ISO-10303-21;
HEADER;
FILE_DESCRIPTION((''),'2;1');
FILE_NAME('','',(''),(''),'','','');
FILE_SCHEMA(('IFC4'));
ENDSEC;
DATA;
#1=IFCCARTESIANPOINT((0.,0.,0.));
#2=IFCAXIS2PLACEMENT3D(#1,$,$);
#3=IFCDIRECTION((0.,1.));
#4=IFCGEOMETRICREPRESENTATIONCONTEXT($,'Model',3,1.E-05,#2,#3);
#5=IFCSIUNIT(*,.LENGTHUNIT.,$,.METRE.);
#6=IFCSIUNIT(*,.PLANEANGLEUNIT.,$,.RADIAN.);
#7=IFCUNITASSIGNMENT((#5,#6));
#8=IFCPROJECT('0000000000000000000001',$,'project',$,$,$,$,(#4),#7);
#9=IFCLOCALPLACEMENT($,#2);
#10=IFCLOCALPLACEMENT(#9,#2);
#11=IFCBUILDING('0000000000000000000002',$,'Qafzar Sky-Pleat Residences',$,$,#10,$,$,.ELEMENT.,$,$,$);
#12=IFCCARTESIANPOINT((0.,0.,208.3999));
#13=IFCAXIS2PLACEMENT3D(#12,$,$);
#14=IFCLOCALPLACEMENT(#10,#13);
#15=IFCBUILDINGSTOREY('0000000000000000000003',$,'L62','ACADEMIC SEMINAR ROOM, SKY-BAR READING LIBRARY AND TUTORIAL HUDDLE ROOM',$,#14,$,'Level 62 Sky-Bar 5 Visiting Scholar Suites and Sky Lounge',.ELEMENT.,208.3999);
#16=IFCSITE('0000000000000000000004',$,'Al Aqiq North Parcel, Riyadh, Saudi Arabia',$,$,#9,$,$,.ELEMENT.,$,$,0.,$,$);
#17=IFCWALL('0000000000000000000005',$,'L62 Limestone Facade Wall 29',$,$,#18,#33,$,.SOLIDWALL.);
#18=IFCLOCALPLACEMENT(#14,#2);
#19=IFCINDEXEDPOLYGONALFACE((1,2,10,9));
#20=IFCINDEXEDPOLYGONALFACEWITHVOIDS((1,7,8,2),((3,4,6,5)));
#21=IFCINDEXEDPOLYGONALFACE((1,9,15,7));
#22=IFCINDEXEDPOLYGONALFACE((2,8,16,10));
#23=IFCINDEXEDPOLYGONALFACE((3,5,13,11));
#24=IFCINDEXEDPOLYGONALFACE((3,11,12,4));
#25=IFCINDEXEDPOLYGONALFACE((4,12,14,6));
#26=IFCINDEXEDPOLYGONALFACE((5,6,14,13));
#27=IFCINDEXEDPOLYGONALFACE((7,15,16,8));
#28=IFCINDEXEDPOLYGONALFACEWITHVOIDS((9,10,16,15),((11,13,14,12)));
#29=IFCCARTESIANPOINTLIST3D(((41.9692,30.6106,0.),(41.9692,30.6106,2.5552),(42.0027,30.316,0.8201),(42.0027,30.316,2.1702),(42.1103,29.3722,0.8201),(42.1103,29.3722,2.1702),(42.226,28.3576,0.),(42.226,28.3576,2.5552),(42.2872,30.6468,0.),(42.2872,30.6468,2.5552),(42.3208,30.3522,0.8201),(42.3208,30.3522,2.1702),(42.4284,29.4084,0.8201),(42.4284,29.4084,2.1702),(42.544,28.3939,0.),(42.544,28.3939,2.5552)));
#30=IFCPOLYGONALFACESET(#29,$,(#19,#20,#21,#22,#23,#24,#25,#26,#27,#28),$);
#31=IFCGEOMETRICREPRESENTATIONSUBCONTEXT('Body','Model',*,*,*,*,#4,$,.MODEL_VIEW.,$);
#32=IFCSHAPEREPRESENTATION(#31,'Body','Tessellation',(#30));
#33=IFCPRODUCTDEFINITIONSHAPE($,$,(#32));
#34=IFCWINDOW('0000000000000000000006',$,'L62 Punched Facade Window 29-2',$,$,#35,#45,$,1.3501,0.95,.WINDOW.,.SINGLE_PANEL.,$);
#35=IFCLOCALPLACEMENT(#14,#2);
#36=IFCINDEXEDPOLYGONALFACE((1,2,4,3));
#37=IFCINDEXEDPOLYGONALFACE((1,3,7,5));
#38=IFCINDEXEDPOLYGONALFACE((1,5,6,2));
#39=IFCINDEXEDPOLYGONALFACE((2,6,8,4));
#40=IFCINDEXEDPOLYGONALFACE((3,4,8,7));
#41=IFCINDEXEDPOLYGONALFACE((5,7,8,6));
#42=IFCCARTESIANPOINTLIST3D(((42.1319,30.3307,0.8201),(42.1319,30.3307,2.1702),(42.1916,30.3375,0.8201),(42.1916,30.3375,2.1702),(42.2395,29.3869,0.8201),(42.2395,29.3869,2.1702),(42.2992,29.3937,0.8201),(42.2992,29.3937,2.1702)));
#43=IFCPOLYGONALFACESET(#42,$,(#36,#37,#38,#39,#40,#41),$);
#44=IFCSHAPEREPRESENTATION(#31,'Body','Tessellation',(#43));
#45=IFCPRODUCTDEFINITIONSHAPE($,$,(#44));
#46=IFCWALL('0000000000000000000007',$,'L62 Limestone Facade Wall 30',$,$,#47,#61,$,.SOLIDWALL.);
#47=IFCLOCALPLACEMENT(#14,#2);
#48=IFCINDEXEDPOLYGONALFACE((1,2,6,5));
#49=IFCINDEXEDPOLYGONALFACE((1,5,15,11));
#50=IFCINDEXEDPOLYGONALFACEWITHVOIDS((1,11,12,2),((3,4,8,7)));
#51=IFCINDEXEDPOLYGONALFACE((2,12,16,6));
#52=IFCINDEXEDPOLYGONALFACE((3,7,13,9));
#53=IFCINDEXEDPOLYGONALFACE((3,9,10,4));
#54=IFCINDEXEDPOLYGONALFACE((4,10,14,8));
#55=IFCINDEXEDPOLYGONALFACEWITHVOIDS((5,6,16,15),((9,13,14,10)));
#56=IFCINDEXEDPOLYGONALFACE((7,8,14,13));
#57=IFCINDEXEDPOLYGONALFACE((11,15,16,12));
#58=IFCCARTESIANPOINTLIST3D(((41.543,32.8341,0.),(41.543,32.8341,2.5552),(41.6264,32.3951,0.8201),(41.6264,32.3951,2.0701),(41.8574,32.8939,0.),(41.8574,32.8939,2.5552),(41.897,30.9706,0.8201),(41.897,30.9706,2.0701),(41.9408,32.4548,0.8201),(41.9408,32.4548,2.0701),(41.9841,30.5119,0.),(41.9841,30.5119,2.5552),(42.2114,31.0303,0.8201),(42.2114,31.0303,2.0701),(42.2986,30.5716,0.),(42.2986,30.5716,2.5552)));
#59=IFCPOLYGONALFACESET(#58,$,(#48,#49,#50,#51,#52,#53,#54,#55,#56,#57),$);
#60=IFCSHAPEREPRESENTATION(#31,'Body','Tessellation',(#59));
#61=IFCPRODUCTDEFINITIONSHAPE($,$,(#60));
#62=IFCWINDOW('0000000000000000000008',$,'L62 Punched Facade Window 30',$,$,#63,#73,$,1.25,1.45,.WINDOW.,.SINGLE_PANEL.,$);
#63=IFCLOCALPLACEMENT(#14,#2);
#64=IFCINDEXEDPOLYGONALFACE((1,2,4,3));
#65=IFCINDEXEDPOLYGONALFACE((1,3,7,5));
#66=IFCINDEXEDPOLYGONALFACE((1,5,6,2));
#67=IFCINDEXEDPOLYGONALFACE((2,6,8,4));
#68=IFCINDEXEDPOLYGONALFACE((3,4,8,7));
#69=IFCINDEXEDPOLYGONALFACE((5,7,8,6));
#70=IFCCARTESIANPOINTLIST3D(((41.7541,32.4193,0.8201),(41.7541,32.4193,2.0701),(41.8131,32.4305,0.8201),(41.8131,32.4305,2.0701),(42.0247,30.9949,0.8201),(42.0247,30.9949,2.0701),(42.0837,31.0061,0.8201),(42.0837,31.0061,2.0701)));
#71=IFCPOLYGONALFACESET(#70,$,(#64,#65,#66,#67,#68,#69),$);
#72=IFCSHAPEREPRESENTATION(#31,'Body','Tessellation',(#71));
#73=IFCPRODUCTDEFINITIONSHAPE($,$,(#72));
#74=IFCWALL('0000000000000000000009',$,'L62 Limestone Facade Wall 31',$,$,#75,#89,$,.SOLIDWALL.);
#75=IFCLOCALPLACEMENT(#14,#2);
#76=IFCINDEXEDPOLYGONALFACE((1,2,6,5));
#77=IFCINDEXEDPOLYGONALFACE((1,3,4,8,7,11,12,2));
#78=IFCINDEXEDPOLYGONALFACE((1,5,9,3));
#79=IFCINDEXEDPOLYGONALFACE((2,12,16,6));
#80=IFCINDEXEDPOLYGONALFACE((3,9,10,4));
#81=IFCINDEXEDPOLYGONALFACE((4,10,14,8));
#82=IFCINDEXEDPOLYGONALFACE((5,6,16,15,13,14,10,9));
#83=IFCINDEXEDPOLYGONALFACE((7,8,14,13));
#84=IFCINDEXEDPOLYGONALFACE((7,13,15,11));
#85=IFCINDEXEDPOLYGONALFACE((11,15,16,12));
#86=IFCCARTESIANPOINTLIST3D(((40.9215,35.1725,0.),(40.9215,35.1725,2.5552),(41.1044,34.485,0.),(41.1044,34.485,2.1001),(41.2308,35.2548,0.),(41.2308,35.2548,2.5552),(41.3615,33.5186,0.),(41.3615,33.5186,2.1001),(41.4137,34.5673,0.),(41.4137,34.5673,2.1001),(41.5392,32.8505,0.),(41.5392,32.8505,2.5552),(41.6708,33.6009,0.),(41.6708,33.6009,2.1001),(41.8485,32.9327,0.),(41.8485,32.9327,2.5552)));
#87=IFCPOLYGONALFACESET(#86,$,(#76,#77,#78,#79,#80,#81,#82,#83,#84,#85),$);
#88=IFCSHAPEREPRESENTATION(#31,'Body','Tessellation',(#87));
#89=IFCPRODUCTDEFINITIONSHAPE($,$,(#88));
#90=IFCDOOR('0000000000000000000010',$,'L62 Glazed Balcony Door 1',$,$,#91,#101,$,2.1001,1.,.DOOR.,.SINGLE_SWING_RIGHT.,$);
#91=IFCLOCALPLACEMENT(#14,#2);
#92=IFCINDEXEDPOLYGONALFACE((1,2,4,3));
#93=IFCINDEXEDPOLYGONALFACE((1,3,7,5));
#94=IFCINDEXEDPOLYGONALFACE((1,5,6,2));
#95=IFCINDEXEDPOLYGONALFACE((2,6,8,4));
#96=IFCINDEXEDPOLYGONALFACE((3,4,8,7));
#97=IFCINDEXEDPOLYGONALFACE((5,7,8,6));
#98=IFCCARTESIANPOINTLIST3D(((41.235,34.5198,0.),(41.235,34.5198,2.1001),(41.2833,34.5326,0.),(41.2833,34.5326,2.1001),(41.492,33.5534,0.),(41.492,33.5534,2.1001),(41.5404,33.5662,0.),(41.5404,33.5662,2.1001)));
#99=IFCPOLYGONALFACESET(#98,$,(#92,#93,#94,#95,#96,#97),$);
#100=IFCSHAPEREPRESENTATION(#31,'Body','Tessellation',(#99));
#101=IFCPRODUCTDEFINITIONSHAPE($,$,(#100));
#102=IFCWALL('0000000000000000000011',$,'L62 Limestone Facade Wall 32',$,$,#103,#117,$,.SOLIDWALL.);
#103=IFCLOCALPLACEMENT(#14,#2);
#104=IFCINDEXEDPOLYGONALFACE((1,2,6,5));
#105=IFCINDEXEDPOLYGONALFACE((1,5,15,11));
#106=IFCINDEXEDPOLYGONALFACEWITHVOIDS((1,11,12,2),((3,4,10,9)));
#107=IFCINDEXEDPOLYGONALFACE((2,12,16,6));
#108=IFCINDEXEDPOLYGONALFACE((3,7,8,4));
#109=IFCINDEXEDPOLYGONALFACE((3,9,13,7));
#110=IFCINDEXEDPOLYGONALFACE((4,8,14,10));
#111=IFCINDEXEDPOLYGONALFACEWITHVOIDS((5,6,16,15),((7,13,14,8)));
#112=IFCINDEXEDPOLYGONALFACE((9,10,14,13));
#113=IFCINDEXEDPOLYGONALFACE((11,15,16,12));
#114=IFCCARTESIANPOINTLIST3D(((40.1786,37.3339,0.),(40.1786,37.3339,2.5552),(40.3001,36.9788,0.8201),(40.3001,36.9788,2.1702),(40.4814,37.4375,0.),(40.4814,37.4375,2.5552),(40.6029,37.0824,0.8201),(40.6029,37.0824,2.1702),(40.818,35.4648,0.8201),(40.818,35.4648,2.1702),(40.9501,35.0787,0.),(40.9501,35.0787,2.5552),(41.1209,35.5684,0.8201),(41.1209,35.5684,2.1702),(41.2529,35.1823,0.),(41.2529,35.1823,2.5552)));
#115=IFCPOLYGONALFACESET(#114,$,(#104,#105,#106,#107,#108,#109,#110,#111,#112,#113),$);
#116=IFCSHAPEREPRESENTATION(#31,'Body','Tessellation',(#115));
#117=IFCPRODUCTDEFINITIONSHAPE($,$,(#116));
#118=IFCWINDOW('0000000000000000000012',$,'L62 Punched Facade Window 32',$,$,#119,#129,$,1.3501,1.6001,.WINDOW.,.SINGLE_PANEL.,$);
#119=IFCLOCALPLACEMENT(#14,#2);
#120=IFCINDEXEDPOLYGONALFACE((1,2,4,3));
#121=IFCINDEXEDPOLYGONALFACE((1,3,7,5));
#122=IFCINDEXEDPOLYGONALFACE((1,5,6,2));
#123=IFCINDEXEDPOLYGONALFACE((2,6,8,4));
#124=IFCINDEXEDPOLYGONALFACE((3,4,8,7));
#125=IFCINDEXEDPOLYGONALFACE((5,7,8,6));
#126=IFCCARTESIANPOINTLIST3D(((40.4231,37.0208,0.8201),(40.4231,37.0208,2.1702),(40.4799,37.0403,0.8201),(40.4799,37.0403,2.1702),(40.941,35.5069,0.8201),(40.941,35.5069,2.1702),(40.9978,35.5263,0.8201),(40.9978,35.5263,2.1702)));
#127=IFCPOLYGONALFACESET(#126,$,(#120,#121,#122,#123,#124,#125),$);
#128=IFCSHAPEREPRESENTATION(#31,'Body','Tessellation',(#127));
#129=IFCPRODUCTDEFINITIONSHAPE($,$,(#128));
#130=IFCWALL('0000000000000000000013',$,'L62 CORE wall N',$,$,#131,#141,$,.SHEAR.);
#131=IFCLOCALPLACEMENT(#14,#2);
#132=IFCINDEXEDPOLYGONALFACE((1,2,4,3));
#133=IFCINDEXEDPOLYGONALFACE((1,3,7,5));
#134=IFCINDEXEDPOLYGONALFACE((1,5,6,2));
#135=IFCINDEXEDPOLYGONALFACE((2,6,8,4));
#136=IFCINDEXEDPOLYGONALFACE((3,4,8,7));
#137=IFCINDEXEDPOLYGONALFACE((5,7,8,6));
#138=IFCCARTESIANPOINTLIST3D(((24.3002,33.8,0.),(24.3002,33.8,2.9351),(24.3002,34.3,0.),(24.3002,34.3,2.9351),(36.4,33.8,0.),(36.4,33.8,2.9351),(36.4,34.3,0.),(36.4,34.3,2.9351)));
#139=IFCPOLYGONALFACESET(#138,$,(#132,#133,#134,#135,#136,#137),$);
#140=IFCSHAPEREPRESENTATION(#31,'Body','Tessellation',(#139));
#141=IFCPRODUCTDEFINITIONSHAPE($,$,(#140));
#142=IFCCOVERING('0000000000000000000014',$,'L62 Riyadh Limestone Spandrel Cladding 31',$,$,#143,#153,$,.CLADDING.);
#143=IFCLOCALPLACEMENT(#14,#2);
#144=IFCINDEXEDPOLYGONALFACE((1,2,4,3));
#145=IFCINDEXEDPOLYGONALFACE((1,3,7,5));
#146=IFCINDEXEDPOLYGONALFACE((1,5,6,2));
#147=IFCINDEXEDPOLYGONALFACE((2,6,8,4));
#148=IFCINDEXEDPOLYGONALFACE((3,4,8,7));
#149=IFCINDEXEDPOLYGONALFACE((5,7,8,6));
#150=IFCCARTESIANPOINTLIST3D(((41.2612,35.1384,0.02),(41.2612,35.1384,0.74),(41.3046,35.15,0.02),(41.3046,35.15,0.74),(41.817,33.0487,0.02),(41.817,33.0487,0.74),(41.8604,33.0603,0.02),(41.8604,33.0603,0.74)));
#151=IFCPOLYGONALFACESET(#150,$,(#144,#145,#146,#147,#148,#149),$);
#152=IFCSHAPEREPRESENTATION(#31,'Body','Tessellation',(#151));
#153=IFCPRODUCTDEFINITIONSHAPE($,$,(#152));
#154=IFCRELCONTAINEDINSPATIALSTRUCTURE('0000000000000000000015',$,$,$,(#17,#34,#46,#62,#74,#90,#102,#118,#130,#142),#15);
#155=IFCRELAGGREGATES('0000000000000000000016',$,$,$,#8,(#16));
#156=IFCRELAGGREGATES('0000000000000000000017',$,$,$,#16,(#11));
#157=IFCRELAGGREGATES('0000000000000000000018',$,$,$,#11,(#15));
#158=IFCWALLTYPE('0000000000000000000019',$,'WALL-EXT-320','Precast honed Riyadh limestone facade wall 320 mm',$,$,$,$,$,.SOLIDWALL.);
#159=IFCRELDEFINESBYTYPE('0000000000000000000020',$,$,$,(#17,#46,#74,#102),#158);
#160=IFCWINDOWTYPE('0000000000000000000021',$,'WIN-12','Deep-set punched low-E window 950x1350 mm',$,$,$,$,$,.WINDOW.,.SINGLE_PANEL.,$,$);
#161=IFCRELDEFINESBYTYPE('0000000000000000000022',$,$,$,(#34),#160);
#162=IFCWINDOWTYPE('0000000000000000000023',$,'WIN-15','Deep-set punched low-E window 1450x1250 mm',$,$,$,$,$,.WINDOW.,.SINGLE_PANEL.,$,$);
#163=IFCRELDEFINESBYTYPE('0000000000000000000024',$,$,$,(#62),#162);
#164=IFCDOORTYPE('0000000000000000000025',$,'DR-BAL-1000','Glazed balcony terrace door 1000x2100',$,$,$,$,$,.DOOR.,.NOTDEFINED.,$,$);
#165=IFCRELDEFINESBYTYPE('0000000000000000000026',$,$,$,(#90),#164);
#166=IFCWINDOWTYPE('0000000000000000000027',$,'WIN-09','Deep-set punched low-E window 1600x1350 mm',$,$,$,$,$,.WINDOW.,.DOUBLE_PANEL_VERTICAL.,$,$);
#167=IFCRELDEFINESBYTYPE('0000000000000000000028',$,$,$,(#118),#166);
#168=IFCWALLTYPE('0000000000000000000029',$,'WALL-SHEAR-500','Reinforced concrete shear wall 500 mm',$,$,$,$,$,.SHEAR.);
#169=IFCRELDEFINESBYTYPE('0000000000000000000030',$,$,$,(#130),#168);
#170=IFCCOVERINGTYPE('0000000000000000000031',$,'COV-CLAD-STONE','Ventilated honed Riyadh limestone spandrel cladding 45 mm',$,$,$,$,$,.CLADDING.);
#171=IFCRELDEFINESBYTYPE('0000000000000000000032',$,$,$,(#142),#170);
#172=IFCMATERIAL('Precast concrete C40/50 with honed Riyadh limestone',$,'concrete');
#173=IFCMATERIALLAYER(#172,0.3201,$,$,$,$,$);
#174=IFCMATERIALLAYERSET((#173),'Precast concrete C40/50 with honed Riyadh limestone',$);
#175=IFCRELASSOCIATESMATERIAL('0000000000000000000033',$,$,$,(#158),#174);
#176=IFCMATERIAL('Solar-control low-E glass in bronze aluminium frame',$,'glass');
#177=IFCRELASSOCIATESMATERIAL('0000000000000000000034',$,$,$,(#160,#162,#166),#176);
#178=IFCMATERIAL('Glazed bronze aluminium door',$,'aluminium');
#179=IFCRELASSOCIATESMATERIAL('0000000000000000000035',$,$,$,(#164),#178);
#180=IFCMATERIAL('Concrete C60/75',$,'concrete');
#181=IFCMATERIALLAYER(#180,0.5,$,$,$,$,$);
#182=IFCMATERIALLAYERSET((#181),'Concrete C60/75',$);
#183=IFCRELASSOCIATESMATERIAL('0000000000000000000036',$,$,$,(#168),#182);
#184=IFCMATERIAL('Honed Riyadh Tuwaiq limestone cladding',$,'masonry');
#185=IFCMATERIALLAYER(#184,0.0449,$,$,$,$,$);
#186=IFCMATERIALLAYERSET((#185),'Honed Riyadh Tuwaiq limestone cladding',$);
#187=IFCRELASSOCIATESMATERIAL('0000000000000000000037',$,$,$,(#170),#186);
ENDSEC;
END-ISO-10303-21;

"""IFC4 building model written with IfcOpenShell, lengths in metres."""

from ifc_helpers import new_model, si_unit, direction, frame, frame_2d, origin, origin_2d, place, context, subcontext, project, spatial, rectangle, extrude, source, transform, mapped, material, layer, layer_set, type_object, element, fill, save


model = new_model("IFC4")

# Units and contexts
model_context = context("Model", 3, precision=1e-05, world=origin(), true_north=direction((0.0, 1.0)))
body_context = subcontext(model_context, "Body", "Model", "MODEL_VIEW")
ifc_project = project(units=[si_unit("LENGTHUNIT", "METRE"), si_unit("PLANEANGLEUNIT", "RADIAN")], contexts=[model_context])

# Site, building, storey
site_placement = place(None, origin())
site = spatial("IfcSite", under=ifc_project, at=site_placement, Name="Al Aqiq North Parcel, Riyadh, Saudi Arabia", CompositionType="ELEMENT", RefElevation=0.0)
building_placement = place(site_placement, origin())
building = spatial("IfcBuilding", under=site, at=building_placement, Name="Qafzar Sky-Pleat Residences", CompositionType="ELEMENT")
storey_placement = place(building_placement, frame((0.0, 0.0, 208.3999)))
storey = spatial("IfcBuildingStorey", under=building, at=storey_placement, Name="L62", Description="ACADEMIC SEMINAR ROOM, SKY-BAR READING LIBRARY AND TUTORIAL HUDDLE ROOM", LongName="Level 62 Sky-Bar 5 Visiting Scholar Suites and Sky Lounge", CompositionType="ELEMENT", Elevation=208.3999)

# Walls, openings, windows
ifc_material_1 = material(Name="Precast concrete C40/50 with honed Riyadh limestone", Category="concrete")
ifc_layer_1 = layer(ifc_material_1, 0.3201)
ifc_layer_set_1 = layer_set([ifc_layer_1], Name="Precast concrete C40/50 with honed Riyadh limestone")
wall_type_1 = type_object("IfcWallType", Name="WALL-EXT-320", Description="Precast honed Riyadh limestone facade wall 320 mm", PredefinedType="SOLIDWALL", material=ifc_layer_set_1)
wall_1_placement = place(storey_placement, frame((42.385, 28.3757, 0.0), z_axis=(0.0, 0.0, 1.0), x_axis=(-0.113267, 0.993565, 0.0)))
wall_1 = element("IfcWall", 1, at=wall_1_placement, inside=storey, type_object=wall_type_1, Name="L62 Limestone Facade Wall 29", PredefinedType="SOLIDWALL", context=body_context, shape_type="SweptSolid", body=[
    extrude(rectangle(XDim=2.2676, YDim=0.3201, at=frame_2d((1.1338, 0.0))), origin(), (0.0, 0.0, 1.0), 2.5552),
])
opening_1_placement = place(wall_1_placement, frame((1.021, 0.0, 0.8201)))
opening_1 = element("IfcOpeningElement", 2, at=opening_1_placement, cuts=wall_1, PredefinedType="OPENING", context=body_context, shape_type="SweptSolid", body=[
    extrude(rectangle(XDim=0.95, YDim=1.3501, at=frame_2d((0.4751, 0.675))), frame((0.0, 0.1699, 0.0), z_axis=(0.0, -1.0, 0.0), x_axis=(1.0, 0.0, 0.0)), (0.0, 0.0, 1.0), 0.3401),
])
ifc_material_2 = material(Name="Solar-control low-E glass in bronze aluminium frame", Category="glass")
window_type_1 = type_object("IfcWindowType", Name="WIN-12", Description="Deep-set punched low-E window 950x1350 mm", PartitioningType="SINGLE_PANEL", PredefinedType="WINDOW", material=ifc_material_2)
shared_shape_1 = source(origin(), body_context, "Body", "SweptSolid", [
    extrude(rectangle(XDim=0.95, YDim=1.3501, at=frame_2d((0.4751, 0.675))), frame((0.0, 0.03, 0.0), z_axis=(0.0, -1.0, 0.0), x_axis=(1.0, 0.0, 0.0)), (0.0, 0.0, 1.0), 0.0601),
])
window_1_placement = place(opening_1_placement, origin())
window_1 = element("IfcWindow", 3, at=window_1_placement, inside=storey, type_object=window_type_1, Name="L62 Punched Facade Window 29-2", OverallHeight=1.3501, OverallWidth=0.95, PartitioningType="SINGLE_PANEL", PredefinedType="WINDOW", context=body_context, shape_type="MappedRepresentation", body=[
    mapped(shared_shape_1, transform((0.0, 0.0, 0.0), x_axis=(1.0, 0.0, 0.0), y_axis=(0.0, 1.0, 0.0), z_axis=(0.0, 0.0, 1.0), scale=1.0)),
])
fill(opening_1, window_1)
wall_2_placement = place(storey_placement, frame((42.1414, 30.5417, 0.0), z_axis=(0.0, 0.0, 1.0), x_axis=(-0.186633, 0.98243, 0.0)))
wall_2 = element("IfcWall", 4, at=wall_2_placement, inside=storey, type_object=wall_type_1, Name="L62 Limestone Facade Wall 30", PredefinedType="SOLIDWALL", context=body_context, shape_type="SweptSolid", body=[
    extrude(rectangle(XDim=2.3638, YDim=0.3201, at=frame_2d((1.1819, 0.0))), origin(), (0.0, 0.0, 1.0), 2.5552),
])
opening_2_placement = place(wall_2_placement, frame((0.4668, 0.0, 0.8201)))
opening_2 = element("IfcOpeningElement", 5, at=opening_2_placement, cuts=wall_2, PredefinedType="OPENING", context=body_context, shape_type="SweptSolid", body=[
    extrude(rectangle(XDim=1.45, YDim=1.25, at=frame_2d((0.7251, 0.625))), frame((0.0, 0.1699, 0.0), z_axis=(0.0, -1.0, 0.0), x_axis=(1.0, 0.0, 0.0)), (0.0, 0.0, 1.0), 0.3401),
])
window_type_2 = type_object("IfcWindowType", Name="WIN-15", Description="Deep-set punched low-E window 1450x1250 mm", PartitioningType="SINGLE_PANEL", PredefinedType="WINDOW", material=ifc_material_2)
shared_shape_2 = source(origin(), body_context, "Body", "SweptSolid", [
    extrude(rectangle(XDim=1.45, YDim=1.25, at=frame_2d((0.7251, 0.625))), frame((0.0, 0.03, 0.0), z_axis=(0.0, -1.0, 0.0), x_axis=(1.0, 0.0, 0.0)), (0.0, 0.0, 1.0), 0.0601),
])
window_2_placement = place(opening_2_placement, origin())
window_2 = element("IfcWindow", 6, at=window_2_placement, inside=storey, type_object=window_type_2, Name="L62 Punched Facade Window 30", OverallHeight=1.25, OverallWidth=1.45, PartitioningType="SINGLE_PANEL", PredefinedType="WINDOW", context=body_context, shape_type="MappedRepresentation", body=[
    mapped(shared_shape_2, transform((0.0, 0.0, 0.0), x_axis=(1.0, 0.0, 0.0), y_axis=(0.0, 1.0, 0.0), z_axis=(0.0, 0.0, 1.0), scale=1.0)),
])
fill(opening_2, window_2)

# Wall, opening, door
wall_3_placement = place(storey_placement, frame((41.6938, 32.8916, 0.0), z_axis=(0.0, 0.0, 1.0), x_axis=(-0.257068, 0.966393, 0.0)))
wall_3 = element("IfcWall", 7, at=wall_3_placement, inside=storey, type_object=wall_type_1, Name="L62 Limestone Facade Wall 31", PredefinedType="SOLIDWALL", context=body_context, shape_type="SweptSolid", body=[
    extrude(rectangle(XDim=2.4028, YDim=0.3201, at=frame_2d((1.2014, 0.0))), origin(), (0.0, 0.0, 1.0), 2.5552),
])
opening_3_placement = place(wall_3_placement, frame((0.6914, 0.0, 0.0)))
opening_3 = element("IfcOpeningElement", 8, at=opening_3_placement, cuts=wall_3, PredefinedType="OPENING", context=body_context, shape_type="SweptSolid", body=[
    extrude(rectangle(XDim=1.0, YDim=2.1001, at=frame_2d((0.5, 1.05))), frame((0.0, 0.1699, 0.0), z_axis=(0.0, -1.0, 0.0), x_axis=(1.0, 0.0, 0.0)), (0.0, 0.0, 1.0), 0.3401),
])
ifc_material_3 = material(Name="Glazed bronze aluminium door", Category="aluminium")
door_type_1 = type_object("IfcDoorType", Name="DR-BAL-1000", Description="Glazed balcony terrace door 1000x2100", OperationType="NOTDEFINED", PredefinedType="DOOR", material=ifc_material_3)
shared_shape_3 = source(origin(), body_context, "Body", "SweptSolid", [
    extrude(rectangle(XDim=1.0, YDim=2.1001, at=frame_2d((0.5, 1.05))), frame((0.0, 0.0249, 0.0), z_axis=(0.0, -1.0, 0.0), x_axis=(1.0, 0.0, 0.0)), (0.0, 0.0, 1.0), 0.05),
])
door_1_placement = place(opening_3_placement, origin())
door_1 = element("IfcDoor", 9, at=door_1_placement, inside=storey, type_object=door_type_1, Name="L62 Glazed Balcony Door 1", OperationType="SINGLE_SWING_RIGHT", OverallHeight=2.1001, OverallWidth=1.0, PredefinedType="DOOR", context=body_context, shape_type="MappedRepresentation", body=[
    mapped(shared_shape_3, transform((0.0, 0.0, 0.0), x_axis=(1.0, 0.0, 0.0), y_axis=(0.0, 1.0, 0.0), z_axis=(0.0, 0.0, 1.0), scale=1.0)),
])
fill(opening_3, door_1)

# Wall, opening, window
wall_4_placement = place(storey_placement, frame((41.1016, 35.1304, 0.0), z_axis=(0.0, 0.0, 1.0), x_axis=(-0.323685, 0.946165, 0.0)))
wall_4 = element("IfcWall", 10, at=wall_4_placement, inside=storey, type_object=wall_type_1, Name="L62 Limestone Facade Wall 32", PredefinedType="SOLIDWALL", context=body_context, shape_type="SweptSolid", body=[
    extrude(rectangle(XDim=2.3835, YDim=0.3201, at=frame_2d((1.1919, 0.0))), origin(), (0.0, 0.0, 1.0), 2.5552),
])
opening_4_placement = place(wall_4_placement, frame((0.4082, 0.0, 0.8201)))
opening_4 = element("IfcOpeningElement", 11, at=opening_4_placement, cuts=wall_4, PredefinedType="OPENING", context=body_context, shape_type="SweptSolid", body=[
    extrude(rectangle(XDim=1.6001, YDim=1.3501, at=frame_2d((0.8, 0.675))), frame((0.0, 0.1699, 0.0), z_axis=(0.0, -1.0, 0.0), x_axis=(1.0, 0.0, 0.0)), (0.0, 0.0, 1.0), 0.3401),
])
window_type_3 = type_object("IfcWindowType", Name="WIN-09", Description="Deep-set punched low-E window 1600x1350 mm", PartitioningType="DOUBLE_PANEL_VERTICAL", PredefinedType="WINDOW", material=ifc_material_2)
shared_shape_4 = source(origin(), body_context, "Body", "SweptSolid", [
    extrude(rectangle(XDim=1.6001, YDim=1.3501, at=frame_2d((0.8, 0.675))), frame((0.0, 0.03, 0.0), z_axis=(0.0, -1.0, 0.0), x_axis=(1.0, 0.0, 0.0)), (0.0, 0.0, 1.0), 0.0601),
])
window_3_placement = place(opening_4_placement, origin())
window_3 = element("IfcWindow", 12, at=window_3_placement, inside=storey, type_object=window_type_3, Name="L62 Punched Facade Window 32", OverallHeight=1.3501, OverallWidth=1.6001, PartitioningType="SINGLE_PANEL", PredefinedType="WINDOW", context=body_context, shape_type="MappedRepresentation", body=[
    mapped(shared_shape_4, transform((0.0, 0.0, 0.0), x_axis=(1.0, 0.0, 0.0), y_axis=(0.0, 1.0, 0.0), z_axis=(0.0, 0.0, 1.0), scale=1.0)),
])
fill(opening_4, window_3)

# Wall
ifc_material_4 = material(Name="Concrete C60/75", Category="concrete")
ifc_layer_2 = layer(ifc_material_4, 0.5)
ifc_layer_set_2 = layer_set([ifc_layer_2], Name="Concrete C60/75")
wall_type_2 = type_object("IfcWallType", Name="WALL-SHEAR-500", Description="Reinforced concrete shear wall 500 mm", PredefinedType="SHEAR", material=ifc_layer_set_2)
wall_5_placement = place(storey_placement, frame((36.3999, 34.05, 0.0), z_axis=(0.0, 0.0, 1.0), x_axis=(-1.0, 0.0, 0.0)))
element("IfcWall", 13, at=wall_5_placement, inside=storey, type_object=wall_type_2, Name="L62 CORE wall N", PredefinedType="SHEAR", context=body_context, shape_type="SweptSolid", body=[
    extrude(rectangle(XDim=12.0999, YDim=0.5, at=frame_2d((6.0498, 0.0))), origin(), (0.0, 0.0, 1.0), 2.9351),
])

# Covering
ifc_material_5 = material(Name="Honed Riyadh Tuwaiq limestone cladding", Category="masonry")
ifc_layer_3 = layer(ifc_material_5, 0.0449)
ifc_layer_set_3 = layer_set([ifc_layer_3], Name="Honed Riyadh Tuwaiq limestone cladding")
covering_type = type_object("IfcCoveringType", Name="COV-CLAD-STONE", Description="Ventilated honed Riyadh limestone spandrel cladding 45 mm", PredefinedType="CLADDING", material=ifc_layer_set_3)
shared_shape_5 = source(origin(), body_context, "Body", "SweptSolid", [
    extrude(rectangle(XDim=2.1624, YDim=0.0449, at=origin_2d()), origin(), (0.0, 0.0, 1.0), 0.72),
])
covering_placement = place(storey_placement, frame((41.5608, 34.0994, 0.02), z_axis=(0.0, 0.0, 1.0), x_axis=(-0.257051, 0.966398, 0.0)))
element("IfcCovering", 14, at=covering_placement, inside=storey, type_object=covering_type, Name="L62 Riyadh Limestone Spandrel Cladding 31", PredefinedType="CLADDING", context=body_context, shape_type="MappedRepresentation", body=[
    mapped(shared_shape_5, transform((0.0, 0.0, 0.0), x_axis=(1.0, 0.0, 0.0), y_axis=(0.0, 1.0, 0.0), z_axis=(0.0, 0.0, 1.0), scale=1.0)),
])

save(model, "model.ifc")
